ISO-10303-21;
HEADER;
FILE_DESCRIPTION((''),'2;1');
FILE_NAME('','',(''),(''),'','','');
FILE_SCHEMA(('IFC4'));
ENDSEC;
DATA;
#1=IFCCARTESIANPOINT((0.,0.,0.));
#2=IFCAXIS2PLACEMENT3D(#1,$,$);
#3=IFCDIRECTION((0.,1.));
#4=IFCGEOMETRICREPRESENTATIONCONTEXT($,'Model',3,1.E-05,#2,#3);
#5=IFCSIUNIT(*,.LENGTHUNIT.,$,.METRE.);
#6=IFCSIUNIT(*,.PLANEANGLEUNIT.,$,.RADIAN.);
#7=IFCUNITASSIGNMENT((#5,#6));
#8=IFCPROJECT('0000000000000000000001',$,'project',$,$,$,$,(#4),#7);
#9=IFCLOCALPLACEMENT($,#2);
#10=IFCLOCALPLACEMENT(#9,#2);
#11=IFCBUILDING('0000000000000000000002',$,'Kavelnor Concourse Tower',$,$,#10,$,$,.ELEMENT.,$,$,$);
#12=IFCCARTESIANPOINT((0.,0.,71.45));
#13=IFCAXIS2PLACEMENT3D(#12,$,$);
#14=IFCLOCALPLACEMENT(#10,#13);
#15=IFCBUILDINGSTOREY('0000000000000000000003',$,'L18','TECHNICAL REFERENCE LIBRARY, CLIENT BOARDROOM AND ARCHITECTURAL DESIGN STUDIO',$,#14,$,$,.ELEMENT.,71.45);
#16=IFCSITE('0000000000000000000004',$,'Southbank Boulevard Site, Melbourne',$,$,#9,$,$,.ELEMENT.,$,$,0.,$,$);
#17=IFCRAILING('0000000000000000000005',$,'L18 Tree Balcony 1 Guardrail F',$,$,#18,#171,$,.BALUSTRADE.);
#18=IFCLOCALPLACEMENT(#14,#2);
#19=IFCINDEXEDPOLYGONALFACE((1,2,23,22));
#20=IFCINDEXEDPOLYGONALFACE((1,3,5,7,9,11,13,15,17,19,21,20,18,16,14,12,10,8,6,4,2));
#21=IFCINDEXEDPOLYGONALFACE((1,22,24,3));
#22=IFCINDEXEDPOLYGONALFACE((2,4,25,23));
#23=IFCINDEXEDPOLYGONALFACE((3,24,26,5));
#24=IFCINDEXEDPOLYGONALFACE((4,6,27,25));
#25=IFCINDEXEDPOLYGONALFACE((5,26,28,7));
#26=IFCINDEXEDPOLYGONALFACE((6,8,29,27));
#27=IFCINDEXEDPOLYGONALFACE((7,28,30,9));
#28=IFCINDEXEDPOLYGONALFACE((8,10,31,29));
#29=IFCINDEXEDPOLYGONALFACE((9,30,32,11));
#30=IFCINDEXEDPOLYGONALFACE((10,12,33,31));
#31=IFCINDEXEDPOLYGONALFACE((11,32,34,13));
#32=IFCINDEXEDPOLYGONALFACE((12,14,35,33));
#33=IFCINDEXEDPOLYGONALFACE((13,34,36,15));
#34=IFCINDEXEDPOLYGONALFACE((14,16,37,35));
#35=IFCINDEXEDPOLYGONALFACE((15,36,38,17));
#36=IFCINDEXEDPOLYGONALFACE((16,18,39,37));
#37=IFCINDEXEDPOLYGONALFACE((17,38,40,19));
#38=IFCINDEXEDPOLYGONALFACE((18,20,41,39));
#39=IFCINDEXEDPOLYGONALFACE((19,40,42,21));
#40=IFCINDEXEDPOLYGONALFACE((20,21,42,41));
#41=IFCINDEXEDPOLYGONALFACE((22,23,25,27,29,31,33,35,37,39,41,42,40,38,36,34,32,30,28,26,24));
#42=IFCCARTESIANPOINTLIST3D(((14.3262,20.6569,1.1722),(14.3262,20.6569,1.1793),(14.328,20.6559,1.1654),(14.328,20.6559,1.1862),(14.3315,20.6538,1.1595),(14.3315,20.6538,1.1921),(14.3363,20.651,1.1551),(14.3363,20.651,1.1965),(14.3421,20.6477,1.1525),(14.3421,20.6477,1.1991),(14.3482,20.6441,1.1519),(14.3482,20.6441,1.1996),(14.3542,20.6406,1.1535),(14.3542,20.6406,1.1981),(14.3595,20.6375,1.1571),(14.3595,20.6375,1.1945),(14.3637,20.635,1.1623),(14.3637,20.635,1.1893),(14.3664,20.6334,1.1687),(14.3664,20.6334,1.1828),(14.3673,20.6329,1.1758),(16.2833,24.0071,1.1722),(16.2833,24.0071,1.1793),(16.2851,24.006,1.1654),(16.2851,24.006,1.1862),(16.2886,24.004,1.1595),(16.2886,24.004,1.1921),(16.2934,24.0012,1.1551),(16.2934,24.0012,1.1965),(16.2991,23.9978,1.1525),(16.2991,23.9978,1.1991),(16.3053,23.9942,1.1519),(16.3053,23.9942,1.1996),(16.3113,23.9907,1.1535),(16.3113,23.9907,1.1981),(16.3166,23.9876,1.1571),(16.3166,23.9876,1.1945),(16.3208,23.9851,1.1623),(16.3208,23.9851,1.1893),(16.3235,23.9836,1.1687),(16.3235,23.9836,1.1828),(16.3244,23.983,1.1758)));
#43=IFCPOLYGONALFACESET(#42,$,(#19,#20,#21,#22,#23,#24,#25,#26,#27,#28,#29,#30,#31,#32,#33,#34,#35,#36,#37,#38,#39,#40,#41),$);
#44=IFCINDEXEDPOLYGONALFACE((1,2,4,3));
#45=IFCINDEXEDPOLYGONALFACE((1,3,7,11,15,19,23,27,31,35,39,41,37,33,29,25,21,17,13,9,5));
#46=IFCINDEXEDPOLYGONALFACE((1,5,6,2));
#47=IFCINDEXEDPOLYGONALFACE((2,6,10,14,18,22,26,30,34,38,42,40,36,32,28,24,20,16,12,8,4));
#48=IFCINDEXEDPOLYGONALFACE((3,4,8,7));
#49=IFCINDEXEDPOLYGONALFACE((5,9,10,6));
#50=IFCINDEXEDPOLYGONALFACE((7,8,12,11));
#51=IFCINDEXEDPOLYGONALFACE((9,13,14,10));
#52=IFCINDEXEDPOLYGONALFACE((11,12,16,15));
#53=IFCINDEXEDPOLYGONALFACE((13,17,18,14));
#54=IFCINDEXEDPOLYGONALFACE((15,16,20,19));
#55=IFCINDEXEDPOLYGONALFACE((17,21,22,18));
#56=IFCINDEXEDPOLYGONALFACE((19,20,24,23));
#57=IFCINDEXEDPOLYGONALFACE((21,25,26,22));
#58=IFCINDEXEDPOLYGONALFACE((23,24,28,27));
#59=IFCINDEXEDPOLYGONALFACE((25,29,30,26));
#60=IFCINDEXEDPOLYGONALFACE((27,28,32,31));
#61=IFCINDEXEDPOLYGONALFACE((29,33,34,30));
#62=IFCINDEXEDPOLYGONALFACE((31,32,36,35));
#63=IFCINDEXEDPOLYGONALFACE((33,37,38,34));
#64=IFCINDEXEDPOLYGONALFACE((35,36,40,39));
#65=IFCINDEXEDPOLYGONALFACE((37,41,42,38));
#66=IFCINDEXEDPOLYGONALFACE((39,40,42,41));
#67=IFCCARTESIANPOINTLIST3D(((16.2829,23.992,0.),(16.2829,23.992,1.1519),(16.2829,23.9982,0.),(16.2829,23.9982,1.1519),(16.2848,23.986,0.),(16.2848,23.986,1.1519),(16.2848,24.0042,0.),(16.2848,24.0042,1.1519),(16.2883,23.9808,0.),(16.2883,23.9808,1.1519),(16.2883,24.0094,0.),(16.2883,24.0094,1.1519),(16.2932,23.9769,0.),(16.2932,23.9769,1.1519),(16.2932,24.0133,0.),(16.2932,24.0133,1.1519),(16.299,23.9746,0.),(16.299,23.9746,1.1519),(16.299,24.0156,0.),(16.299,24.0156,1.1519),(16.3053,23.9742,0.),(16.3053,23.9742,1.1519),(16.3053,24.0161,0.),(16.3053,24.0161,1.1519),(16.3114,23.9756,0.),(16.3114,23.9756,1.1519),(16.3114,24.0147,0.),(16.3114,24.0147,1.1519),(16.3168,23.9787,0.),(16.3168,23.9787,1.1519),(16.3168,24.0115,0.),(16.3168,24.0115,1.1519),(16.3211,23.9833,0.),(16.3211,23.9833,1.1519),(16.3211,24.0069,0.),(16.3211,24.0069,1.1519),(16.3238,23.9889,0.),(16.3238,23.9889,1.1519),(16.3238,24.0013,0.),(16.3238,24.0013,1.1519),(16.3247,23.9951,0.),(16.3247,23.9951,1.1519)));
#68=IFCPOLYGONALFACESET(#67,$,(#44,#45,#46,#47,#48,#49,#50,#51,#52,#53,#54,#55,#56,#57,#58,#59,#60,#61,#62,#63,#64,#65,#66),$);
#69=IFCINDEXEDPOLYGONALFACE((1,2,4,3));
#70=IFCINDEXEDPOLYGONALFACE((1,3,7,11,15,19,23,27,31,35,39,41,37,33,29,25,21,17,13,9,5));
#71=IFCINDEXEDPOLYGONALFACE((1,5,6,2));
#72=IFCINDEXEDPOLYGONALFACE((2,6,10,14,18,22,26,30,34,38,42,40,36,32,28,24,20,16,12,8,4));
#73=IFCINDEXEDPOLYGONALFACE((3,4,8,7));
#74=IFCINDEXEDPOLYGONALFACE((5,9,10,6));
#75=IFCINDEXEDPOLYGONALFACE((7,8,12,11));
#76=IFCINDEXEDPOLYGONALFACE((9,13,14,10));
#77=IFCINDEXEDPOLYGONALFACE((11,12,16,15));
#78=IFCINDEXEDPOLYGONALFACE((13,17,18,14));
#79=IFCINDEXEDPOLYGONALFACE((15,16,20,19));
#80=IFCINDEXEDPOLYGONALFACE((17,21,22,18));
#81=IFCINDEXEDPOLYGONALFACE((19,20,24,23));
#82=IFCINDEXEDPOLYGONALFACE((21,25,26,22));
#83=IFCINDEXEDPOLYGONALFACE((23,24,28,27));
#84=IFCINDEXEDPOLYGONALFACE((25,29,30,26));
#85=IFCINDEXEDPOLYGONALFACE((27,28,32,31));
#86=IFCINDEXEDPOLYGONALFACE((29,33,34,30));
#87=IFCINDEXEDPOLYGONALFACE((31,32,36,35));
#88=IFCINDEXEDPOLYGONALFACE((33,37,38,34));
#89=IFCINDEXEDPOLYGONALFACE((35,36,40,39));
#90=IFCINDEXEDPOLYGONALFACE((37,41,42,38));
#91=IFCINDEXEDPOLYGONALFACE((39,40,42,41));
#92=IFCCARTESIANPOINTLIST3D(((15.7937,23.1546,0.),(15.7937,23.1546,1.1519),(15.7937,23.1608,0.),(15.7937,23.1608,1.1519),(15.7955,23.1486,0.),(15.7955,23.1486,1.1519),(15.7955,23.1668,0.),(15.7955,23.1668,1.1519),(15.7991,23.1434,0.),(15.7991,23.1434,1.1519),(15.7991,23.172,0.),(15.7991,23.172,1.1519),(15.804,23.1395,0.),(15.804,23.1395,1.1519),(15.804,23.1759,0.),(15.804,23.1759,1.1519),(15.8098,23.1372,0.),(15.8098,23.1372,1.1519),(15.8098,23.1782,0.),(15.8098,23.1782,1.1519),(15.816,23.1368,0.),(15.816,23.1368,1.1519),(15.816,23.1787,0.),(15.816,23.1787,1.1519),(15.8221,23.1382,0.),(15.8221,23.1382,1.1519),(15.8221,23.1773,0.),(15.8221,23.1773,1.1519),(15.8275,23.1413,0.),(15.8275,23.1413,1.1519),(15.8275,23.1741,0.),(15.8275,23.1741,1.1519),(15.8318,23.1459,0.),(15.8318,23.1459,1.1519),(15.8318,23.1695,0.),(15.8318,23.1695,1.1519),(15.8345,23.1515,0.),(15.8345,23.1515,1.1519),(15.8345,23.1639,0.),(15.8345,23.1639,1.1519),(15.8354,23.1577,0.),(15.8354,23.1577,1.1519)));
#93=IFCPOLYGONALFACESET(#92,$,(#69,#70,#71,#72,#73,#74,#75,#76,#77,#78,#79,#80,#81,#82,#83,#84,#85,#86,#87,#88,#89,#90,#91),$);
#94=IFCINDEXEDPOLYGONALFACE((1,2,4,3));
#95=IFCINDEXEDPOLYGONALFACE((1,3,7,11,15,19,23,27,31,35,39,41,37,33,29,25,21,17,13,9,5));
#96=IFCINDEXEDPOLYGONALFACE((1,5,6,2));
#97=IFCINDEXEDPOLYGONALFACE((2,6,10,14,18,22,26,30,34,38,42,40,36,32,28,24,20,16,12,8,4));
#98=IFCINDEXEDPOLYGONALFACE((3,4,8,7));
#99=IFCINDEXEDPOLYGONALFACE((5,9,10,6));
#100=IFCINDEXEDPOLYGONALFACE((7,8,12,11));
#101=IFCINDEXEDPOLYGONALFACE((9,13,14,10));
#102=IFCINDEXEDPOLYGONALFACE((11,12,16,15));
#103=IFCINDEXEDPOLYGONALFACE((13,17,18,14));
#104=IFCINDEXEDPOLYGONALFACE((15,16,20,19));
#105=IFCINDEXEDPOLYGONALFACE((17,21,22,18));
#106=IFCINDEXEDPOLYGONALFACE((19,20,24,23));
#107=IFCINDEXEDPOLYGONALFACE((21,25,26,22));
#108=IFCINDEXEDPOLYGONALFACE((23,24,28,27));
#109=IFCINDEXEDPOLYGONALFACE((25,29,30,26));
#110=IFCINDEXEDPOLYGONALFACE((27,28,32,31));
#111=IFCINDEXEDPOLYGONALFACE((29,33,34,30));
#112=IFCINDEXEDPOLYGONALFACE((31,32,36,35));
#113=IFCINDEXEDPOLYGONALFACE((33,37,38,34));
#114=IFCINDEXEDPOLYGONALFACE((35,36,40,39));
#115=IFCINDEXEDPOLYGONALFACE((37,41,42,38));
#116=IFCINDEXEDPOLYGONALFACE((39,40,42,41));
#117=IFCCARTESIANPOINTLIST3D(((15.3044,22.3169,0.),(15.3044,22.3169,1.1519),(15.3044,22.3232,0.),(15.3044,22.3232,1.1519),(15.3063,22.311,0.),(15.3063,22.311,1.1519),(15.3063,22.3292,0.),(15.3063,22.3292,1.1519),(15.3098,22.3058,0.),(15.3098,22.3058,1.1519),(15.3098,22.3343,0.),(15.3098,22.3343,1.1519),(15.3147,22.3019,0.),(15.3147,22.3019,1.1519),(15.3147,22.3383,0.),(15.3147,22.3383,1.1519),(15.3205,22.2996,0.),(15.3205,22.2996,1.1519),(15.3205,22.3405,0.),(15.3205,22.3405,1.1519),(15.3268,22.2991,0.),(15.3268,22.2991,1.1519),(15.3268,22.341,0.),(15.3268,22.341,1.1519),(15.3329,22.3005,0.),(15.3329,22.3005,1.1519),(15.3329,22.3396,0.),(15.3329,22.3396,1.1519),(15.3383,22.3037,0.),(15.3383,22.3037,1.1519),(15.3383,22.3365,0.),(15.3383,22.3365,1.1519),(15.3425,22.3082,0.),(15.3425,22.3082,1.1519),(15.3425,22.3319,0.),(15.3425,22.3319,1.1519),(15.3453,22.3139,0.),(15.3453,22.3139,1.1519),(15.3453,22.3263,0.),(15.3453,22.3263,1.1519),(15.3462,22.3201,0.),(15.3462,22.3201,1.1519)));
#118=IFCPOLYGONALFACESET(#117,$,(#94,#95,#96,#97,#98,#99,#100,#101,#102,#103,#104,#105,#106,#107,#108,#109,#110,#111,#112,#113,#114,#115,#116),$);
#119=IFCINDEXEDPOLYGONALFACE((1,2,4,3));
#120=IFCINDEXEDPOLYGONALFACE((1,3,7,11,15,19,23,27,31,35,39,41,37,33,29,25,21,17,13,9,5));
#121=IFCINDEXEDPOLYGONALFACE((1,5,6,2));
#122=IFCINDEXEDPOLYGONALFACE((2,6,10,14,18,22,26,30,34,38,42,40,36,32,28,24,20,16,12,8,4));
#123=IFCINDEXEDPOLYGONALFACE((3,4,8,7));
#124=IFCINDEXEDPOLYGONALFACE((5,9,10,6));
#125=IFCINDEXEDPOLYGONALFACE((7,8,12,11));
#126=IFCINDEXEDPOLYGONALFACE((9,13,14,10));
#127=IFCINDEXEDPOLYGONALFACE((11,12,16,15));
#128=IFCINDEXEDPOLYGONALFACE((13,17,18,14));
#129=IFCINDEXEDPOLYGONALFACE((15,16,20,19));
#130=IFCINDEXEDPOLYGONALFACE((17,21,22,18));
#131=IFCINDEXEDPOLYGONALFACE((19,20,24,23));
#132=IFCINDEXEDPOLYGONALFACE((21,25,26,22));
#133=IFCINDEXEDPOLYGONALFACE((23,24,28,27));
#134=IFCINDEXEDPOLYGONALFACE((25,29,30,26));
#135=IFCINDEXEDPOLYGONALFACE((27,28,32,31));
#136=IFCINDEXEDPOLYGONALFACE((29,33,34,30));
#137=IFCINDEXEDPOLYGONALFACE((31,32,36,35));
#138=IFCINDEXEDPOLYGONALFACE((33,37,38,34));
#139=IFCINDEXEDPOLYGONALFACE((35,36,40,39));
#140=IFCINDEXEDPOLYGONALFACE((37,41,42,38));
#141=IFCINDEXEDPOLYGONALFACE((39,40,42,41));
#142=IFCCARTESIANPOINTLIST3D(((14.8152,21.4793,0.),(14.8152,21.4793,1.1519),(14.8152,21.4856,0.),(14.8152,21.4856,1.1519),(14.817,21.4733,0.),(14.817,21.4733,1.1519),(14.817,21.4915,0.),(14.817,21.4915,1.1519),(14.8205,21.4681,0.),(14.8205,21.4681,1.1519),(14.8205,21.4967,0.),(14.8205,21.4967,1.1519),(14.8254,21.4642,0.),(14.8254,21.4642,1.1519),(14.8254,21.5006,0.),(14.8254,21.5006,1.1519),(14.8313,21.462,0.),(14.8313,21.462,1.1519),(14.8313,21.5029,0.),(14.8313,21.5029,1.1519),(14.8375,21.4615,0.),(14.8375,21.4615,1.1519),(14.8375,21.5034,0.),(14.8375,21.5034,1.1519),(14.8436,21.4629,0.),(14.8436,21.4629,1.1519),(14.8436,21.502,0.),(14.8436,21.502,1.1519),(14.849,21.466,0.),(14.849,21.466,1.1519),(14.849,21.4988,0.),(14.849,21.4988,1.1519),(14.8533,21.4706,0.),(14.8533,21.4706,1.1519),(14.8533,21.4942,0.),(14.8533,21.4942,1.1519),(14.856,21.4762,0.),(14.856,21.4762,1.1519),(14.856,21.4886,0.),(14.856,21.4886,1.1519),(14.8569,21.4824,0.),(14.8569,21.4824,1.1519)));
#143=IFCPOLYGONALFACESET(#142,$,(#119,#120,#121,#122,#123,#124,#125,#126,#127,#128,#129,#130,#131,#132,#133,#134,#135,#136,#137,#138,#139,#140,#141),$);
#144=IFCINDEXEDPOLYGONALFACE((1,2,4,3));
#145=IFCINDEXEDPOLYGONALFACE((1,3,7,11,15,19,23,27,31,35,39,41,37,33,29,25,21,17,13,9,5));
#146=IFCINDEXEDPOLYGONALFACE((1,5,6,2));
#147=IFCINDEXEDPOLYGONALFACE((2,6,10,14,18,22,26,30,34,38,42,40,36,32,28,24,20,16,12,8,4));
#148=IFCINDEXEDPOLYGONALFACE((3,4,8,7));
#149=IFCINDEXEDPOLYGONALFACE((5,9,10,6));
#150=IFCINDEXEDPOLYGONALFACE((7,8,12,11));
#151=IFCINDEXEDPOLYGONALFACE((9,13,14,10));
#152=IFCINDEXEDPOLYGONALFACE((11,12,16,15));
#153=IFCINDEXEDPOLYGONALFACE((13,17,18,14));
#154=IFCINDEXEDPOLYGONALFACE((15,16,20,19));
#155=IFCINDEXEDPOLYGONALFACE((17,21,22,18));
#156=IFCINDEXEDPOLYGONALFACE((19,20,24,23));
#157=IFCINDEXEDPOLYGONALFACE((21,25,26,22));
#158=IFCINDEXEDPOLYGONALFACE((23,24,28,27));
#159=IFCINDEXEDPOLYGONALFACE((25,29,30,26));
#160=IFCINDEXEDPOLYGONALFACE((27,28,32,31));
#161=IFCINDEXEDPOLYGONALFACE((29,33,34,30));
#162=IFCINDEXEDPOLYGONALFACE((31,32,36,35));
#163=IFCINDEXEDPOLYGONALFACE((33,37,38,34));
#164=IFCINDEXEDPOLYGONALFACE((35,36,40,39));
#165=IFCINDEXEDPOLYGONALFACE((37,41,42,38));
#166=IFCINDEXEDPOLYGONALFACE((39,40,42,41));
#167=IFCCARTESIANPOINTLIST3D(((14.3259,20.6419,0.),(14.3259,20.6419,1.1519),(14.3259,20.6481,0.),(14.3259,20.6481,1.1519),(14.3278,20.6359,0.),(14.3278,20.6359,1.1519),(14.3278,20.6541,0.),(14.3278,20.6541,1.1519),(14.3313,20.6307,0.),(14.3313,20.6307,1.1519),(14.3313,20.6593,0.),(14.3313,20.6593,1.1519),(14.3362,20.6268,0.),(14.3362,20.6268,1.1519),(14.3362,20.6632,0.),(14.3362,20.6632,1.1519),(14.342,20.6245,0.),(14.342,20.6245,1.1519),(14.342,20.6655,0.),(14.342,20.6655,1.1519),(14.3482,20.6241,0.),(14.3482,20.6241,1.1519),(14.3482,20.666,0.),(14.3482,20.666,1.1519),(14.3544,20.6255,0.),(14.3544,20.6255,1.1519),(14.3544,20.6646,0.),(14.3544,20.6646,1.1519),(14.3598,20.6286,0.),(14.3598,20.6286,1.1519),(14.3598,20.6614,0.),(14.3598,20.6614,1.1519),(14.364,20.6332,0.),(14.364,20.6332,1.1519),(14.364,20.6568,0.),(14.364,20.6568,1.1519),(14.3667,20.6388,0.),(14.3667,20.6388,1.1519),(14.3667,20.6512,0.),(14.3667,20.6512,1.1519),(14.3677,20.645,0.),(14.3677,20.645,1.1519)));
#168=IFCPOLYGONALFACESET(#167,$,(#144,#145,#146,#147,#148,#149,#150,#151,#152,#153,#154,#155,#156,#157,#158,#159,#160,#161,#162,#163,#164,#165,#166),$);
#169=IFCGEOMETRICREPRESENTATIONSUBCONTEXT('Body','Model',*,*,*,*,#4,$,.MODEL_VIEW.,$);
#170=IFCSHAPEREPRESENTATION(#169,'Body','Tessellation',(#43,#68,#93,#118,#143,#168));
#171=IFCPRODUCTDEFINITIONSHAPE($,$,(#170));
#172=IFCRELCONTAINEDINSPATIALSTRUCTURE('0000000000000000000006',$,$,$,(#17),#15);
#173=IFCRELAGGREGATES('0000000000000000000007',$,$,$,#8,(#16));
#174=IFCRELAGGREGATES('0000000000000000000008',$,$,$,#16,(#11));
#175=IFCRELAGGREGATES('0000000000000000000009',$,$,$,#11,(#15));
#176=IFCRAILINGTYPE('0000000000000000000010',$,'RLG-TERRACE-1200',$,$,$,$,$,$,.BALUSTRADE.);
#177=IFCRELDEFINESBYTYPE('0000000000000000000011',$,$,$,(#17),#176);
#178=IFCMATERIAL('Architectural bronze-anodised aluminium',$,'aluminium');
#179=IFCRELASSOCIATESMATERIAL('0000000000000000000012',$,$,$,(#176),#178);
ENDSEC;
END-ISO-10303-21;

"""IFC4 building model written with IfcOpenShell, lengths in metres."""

from ifc_helpers import new_model, si_unit, direction, frame, origin, origin_2d, place, context, subcontext, project, spatial, circle, extrude, material, type_object, element, save


model = new_model("IFC4")

# Units and contexts
model_context = context("Model", 3, precision=1e-05, world=origin(), true_north=direction((0.0, 1.0)))
body_context = subcontext(model_context, "Body", "Model", "MODEL_VIEW")
ifc_project = project(units=[si_unit("LENGTHUNIT", "METRE"), si_unit("PLANEANGLEUNIT", "RADIAN")], contexts=[model_context])

# Site, building, storey
site_placement = place(None, origin())
site = spatial("IfcSite", under=ifc_project, at=site_placement, Name="Southbank Boulevard Site, Melbourne", CompositionType="ELEMENT", RefElevation=0.0)
building_placement = place(site_placement, origin())
building = spatial("IfcBuilding", under=site, at=building_placement, Name="Kavelnor Concourse Tower", CompositionType="ELEMENT")
storey_placement = place(building_placement, frame((0.0, 0.0, 71.45)))
storey = spatial("IfcBuildingStorey", under=building, at=storey_placement, Name="L18", Description="TECHNICAL REFERENCE LIBRARY, CLIENT BOARDROOM AND ARCHITECTURAL DESIGN STUDIO", CompositionType="ELEMENT", Elevation=71.45)

# Railing
ifc_material_1 = material(Name="Architectural bronze-anodised aluminium", Category="aluminium")
railing_type = type_object("IfcRailingType", Name="RLG-TERRACE-1200", PredefinedType="BALUSTRADE", material=ifc_material_1)
railing_placement = place(storey_placement, frame((16.3037, 23.9951, 0.0)))
element("IfcRailing", 1, at=railing_placement, inside=storey, type_object=railing_type, Name="L18 Tree Balcony 1 Guardrail F", PredefinedType="BALUSTRADE", context=body_context, shape_type="SweptSolid", body=[
    extrude(circle(Radius=0.0239, at=origin_2d()), frame((0.0, 0.0, 1.1758), z_axis=(-0.504411, -0.863464, 0.0), x_axis=(0.863464, -0.504411, 0.0)), (0.0, 0.0, 1.0), 3.8799),
    extrude(circle(Radius=0.021, at=origin_2d()), origin(), (0.0, 0.0, 1.0), 1.1519),
    extrude(circle(Radius=0.021, at=origin_2d()), frame((-0.4893, -0.8374, 0.0)), (0.0, 0.0, 1.0), 1.1519),
    extrude(circle(Radius=0.021, at=origin_2d()), frame((-0.9785, -1.675, 0.0)), (0.0, 0.0, 1.0), 1.1519),
    extrude(circle(Radius=0.021, at=origin_2d()), frame((-1.4678, -2.5127, 0.0)), (0.0, 0.0, 1.0), 1.1519),
    extrude(circle(Radius=0.021, at=origin_2d()), frame((-1.957, -3.3501, 0.0)), (0.0, 0.0, 1.0), 1.1519),
])

save(model, "model.ifc")
